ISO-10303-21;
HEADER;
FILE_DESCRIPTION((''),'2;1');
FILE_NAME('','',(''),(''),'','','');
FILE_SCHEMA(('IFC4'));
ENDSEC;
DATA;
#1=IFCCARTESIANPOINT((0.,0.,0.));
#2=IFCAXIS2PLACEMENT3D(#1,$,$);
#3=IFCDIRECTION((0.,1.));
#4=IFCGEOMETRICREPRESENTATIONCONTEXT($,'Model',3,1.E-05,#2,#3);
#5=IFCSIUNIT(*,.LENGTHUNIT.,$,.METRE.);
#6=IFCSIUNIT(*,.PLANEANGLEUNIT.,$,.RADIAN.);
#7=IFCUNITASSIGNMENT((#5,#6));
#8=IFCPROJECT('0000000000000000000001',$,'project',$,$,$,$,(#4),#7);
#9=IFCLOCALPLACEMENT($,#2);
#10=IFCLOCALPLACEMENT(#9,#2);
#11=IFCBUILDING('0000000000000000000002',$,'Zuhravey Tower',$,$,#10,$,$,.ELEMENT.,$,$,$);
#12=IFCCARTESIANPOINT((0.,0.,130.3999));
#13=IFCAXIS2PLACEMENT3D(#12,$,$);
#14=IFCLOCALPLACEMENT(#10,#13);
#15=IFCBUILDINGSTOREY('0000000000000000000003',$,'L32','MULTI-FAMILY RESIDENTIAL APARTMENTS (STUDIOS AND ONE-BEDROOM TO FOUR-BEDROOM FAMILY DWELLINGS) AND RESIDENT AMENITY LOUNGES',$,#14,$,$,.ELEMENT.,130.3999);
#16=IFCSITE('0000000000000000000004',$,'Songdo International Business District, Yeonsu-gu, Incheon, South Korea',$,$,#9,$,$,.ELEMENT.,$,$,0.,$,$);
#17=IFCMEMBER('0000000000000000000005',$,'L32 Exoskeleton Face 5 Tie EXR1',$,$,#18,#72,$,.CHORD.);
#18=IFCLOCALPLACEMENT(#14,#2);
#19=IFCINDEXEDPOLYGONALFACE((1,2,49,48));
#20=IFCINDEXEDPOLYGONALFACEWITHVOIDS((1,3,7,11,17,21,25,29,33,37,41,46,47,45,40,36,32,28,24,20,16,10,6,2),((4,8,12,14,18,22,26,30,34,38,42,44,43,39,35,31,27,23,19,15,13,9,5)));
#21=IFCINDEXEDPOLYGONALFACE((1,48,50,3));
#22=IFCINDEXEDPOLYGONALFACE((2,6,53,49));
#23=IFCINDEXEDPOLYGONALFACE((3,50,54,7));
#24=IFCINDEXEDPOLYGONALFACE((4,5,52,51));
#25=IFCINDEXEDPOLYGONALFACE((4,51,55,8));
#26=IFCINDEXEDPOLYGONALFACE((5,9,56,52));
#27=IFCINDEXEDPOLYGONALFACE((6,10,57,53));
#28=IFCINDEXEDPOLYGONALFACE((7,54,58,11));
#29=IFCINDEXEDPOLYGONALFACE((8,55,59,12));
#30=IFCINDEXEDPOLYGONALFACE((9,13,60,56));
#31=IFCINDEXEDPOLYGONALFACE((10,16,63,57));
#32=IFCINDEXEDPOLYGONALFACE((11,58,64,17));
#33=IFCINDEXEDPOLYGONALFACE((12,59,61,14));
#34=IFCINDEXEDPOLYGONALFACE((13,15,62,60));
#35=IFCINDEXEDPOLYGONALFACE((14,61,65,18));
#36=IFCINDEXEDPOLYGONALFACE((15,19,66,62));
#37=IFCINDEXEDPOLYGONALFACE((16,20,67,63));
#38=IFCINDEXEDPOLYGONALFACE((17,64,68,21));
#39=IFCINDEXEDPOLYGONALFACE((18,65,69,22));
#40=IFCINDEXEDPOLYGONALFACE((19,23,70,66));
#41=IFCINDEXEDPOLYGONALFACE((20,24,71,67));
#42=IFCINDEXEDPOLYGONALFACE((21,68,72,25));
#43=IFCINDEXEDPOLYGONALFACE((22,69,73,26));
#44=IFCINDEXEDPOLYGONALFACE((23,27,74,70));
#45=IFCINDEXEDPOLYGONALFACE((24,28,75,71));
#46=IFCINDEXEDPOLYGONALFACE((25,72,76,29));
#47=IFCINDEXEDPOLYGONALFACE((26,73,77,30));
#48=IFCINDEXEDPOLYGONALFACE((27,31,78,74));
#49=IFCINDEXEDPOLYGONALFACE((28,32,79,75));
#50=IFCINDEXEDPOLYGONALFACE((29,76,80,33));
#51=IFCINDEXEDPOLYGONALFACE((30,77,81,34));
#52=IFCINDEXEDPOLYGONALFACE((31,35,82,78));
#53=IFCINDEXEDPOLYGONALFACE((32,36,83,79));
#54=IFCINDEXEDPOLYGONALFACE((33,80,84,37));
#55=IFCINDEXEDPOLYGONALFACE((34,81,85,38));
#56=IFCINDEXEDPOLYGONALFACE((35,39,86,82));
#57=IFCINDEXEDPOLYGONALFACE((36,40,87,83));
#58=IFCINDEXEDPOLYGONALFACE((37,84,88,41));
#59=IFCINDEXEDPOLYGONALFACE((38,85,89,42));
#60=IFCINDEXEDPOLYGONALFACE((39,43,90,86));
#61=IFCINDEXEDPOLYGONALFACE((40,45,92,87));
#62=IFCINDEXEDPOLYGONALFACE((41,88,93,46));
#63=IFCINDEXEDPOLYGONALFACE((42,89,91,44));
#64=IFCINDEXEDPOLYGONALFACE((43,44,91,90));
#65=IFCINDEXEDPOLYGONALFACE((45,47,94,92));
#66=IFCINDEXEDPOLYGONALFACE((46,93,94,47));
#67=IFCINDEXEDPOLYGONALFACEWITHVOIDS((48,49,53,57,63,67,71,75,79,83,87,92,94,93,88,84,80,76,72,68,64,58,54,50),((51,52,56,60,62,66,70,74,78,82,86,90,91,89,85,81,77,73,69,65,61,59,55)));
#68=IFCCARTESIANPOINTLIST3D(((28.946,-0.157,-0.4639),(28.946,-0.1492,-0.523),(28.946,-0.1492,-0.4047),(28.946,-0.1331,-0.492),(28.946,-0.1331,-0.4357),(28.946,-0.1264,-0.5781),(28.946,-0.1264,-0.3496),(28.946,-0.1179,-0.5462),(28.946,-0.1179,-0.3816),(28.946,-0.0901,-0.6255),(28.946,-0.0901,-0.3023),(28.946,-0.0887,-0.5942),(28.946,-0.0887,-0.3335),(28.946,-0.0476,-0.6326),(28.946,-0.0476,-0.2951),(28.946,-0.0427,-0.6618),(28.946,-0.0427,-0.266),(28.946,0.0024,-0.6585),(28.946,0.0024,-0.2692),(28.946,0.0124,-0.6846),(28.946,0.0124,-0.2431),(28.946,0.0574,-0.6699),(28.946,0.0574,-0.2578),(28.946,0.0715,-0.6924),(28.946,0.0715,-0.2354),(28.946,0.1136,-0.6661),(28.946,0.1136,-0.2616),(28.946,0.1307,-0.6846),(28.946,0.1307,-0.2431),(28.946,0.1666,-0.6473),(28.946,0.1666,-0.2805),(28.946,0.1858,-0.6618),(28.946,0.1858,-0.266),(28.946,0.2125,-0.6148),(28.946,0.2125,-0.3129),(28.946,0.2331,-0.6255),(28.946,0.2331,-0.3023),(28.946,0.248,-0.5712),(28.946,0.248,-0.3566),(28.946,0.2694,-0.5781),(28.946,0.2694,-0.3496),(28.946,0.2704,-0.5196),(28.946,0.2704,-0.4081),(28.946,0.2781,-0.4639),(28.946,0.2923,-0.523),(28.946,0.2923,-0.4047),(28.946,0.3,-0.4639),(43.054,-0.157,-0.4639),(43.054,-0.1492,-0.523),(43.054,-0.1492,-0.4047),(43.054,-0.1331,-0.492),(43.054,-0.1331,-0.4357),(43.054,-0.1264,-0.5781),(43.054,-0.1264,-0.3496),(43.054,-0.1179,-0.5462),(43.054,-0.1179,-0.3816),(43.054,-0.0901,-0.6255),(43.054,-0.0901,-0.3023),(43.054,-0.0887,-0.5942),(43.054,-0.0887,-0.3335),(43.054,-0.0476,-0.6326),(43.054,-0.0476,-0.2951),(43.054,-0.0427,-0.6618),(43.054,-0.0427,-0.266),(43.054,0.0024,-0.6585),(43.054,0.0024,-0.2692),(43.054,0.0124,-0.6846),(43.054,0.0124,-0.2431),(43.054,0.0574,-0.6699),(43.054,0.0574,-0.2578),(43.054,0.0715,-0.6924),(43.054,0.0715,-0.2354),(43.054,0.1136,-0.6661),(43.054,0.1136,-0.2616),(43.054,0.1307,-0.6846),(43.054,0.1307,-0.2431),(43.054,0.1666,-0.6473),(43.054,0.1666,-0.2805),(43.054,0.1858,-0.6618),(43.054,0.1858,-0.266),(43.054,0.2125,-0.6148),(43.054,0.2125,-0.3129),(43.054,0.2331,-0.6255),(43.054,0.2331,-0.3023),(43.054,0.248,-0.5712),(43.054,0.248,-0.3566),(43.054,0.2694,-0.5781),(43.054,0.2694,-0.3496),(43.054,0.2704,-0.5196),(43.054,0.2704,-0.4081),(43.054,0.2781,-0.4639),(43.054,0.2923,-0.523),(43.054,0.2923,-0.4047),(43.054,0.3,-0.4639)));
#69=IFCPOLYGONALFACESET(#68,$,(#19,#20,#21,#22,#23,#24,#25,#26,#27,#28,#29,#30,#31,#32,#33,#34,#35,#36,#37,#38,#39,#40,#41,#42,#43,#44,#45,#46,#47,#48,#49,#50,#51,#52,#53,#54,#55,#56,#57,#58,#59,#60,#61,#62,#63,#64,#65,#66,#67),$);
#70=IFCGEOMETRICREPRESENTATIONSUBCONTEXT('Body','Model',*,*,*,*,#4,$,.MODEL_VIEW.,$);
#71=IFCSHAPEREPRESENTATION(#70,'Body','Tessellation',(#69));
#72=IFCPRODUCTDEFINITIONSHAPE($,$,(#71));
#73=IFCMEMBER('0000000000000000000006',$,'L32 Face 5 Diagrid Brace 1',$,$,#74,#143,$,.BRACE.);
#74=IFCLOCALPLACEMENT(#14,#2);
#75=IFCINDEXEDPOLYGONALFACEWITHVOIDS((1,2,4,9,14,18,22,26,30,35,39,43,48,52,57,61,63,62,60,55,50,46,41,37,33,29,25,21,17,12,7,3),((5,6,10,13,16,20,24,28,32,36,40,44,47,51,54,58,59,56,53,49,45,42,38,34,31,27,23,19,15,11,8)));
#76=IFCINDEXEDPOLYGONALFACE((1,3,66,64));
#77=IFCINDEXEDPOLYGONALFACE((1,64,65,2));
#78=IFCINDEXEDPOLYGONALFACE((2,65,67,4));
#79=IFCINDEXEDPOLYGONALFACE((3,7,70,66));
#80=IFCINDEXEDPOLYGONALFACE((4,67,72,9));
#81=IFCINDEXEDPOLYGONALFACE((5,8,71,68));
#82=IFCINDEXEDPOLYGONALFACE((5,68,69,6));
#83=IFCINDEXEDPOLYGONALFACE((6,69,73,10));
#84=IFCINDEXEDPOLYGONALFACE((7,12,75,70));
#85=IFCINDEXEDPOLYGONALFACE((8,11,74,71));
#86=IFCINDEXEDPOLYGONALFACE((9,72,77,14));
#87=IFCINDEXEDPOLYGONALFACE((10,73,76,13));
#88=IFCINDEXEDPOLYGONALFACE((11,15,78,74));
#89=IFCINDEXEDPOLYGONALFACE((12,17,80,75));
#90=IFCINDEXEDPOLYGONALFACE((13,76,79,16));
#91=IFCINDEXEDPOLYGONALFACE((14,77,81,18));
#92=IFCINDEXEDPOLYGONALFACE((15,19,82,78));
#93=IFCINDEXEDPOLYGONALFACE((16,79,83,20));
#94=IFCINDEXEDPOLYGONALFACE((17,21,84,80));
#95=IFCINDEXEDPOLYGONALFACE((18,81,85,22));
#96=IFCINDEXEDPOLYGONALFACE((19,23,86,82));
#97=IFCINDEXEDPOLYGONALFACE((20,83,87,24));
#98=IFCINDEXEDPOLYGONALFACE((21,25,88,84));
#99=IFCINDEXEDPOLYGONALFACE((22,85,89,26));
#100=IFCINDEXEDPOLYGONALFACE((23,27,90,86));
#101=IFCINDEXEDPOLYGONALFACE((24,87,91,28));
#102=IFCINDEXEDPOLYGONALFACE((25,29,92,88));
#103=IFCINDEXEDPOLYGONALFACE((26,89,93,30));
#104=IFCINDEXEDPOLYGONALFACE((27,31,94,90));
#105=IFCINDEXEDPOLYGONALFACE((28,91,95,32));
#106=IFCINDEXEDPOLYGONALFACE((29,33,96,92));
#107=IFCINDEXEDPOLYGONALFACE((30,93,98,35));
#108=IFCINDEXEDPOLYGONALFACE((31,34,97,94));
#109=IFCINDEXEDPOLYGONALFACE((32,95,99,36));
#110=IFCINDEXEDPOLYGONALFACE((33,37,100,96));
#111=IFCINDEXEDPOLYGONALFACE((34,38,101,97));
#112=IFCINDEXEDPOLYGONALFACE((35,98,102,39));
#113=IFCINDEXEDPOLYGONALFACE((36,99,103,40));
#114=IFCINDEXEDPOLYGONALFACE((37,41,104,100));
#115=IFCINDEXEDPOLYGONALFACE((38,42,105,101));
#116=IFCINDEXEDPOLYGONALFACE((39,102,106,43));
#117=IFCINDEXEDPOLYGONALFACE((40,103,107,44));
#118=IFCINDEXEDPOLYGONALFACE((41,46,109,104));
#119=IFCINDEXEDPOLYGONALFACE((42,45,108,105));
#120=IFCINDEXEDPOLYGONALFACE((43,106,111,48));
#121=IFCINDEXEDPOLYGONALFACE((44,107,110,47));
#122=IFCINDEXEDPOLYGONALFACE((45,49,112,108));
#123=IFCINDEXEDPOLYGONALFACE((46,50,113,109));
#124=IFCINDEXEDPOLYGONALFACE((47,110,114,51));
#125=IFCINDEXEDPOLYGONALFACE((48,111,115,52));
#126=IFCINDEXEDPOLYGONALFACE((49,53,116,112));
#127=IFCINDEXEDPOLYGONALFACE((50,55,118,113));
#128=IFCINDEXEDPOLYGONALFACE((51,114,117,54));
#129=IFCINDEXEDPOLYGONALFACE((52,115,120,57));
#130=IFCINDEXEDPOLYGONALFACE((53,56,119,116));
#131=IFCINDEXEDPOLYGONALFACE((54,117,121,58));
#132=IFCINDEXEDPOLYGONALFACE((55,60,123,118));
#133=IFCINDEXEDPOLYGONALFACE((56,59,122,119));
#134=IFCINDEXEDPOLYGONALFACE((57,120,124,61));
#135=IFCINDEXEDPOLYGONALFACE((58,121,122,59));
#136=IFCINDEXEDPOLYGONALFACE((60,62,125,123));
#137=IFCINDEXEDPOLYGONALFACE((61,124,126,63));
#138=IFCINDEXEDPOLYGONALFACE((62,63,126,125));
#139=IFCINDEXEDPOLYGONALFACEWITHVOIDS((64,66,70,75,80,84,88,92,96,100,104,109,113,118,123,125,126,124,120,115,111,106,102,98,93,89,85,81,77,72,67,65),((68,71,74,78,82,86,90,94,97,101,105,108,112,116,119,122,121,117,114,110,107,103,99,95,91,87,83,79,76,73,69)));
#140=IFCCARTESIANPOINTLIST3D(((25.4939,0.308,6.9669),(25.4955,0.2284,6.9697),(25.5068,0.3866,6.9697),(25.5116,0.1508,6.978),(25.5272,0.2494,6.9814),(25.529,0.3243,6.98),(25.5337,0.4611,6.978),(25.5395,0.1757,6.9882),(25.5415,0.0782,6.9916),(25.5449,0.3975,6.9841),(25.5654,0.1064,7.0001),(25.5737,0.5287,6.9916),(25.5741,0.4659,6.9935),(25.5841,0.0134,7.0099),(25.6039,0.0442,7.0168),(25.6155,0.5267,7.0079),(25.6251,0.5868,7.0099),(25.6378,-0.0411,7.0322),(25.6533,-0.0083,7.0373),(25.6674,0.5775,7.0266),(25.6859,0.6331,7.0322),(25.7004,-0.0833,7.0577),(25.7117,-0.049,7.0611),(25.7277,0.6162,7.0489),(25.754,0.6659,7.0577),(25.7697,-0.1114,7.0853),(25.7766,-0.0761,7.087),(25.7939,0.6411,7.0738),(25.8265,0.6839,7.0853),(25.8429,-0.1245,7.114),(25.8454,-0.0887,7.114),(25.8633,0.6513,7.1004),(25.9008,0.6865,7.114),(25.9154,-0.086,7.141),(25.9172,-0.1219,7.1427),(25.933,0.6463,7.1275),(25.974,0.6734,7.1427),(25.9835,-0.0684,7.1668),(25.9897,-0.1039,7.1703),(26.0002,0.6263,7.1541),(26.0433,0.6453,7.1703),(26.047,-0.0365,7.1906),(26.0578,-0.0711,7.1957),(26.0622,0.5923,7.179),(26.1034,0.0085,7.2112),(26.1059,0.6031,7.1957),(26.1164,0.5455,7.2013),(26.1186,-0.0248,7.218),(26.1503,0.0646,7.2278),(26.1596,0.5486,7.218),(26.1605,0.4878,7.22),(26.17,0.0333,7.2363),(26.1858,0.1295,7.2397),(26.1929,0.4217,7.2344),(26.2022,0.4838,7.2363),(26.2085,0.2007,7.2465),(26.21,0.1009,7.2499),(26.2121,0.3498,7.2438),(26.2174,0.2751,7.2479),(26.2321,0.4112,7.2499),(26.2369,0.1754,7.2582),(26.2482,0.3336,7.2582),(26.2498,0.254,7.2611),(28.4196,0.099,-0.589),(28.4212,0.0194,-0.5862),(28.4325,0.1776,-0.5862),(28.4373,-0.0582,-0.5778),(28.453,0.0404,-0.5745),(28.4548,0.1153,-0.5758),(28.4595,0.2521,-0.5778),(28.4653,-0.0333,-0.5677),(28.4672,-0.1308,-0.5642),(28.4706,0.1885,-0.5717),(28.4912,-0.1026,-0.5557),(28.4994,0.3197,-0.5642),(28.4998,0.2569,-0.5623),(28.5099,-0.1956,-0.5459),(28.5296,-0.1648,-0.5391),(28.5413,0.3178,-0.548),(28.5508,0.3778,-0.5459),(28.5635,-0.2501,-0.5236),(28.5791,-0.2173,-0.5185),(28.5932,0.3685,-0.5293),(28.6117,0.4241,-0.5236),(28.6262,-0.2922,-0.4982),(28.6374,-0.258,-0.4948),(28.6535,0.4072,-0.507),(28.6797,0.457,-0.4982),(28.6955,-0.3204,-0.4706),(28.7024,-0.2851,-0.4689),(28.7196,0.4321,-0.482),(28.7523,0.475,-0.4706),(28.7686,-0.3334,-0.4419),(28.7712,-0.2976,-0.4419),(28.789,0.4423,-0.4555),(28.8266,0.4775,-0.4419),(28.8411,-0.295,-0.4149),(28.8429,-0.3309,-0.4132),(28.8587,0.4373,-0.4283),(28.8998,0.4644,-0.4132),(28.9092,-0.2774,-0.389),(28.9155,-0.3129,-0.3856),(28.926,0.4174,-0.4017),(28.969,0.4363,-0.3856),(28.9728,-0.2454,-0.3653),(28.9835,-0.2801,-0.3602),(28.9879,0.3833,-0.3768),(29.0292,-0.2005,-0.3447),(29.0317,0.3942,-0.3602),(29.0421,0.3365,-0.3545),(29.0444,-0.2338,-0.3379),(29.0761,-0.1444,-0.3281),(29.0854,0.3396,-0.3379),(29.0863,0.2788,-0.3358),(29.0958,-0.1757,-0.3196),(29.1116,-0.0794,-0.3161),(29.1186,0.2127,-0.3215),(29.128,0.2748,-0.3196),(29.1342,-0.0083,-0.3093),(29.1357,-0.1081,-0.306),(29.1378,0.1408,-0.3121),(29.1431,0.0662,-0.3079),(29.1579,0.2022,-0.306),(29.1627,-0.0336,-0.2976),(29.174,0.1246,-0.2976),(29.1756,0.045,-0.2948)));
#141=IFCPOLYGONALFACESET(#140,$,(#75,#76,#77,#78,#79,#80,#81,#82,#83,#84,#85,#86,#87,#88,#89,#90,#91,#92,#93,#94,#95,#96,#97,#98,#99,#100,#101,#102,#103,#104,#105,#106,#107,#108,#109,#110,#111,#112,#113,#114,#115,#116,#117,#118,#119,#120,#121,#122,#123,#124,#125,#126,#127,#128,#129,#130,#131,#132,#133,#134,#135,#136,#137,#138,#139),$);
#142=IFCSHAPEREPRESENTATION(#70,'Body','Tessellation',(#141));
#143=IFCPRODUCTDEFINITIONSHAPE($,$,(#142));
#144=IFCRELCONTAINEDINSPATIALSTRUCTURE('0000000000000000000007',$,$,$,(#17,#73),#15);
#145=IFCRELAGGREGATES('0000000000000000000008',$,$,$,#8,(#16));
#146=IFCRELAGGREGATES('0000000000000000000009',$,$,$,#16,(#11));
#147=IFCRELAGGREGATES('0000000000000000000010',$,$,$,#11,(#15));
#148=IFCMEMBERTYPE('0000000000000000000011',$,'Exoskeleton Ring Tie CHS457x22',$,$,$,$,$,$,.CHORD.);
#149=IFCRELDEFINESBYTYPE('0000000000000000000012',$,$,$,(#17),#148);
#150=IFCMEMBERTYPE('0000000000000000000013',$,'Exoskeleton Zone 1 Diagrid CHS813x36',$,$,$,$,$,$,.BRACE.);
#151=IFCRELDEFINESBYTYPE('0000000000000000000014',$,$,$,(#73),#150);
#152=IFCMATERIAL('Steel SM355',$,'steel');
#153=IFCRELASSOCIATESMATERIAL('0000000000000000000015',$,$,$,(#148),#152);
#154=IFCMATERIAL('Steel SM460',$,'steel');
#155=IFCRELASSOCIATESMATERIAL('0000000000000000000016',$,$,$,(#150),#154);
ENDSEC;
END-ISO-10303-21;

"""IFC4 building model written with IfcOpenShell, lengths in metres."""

from ifc_helpers import new_model, si_unit, direction, frame, origin, origin_2d, place, context, subcontext, project, spatial, hollow_circle, extrude, material, material_profile, profile_set, type_object, element, save


model = new_model("IFC4")

# Units and contexts
model_context = context("Model", 3, precision=1e-05, world=origin(), true_north=direction((0.0, 1.0)))
body_context = subcontext(model_context, "Body", "Model", "MODEL_VIEW")
ifc_project = project(units=[si_unit("LENGTHUNIT", "METRE"), si_unit("PLANEANGLEUNIT", "RADIAN")], contexts=[model_context])

# Site, building, storey
site_placement = place(None, origin())
site = spatial("IfcSite", under=ifc_project, at=site_placement, Name="Songdo International Business District, Yeonsu-gu, Incheon, South Korea", CompositionType="ELEMENT", RefElevation=0.0)
building_placement = place(site_placement, origin())
building = spatial("IfcBuilding", under=site, at=building_placement, Name="Zuhravey Tower", CompositionType="ELEMENT")
storey_placement = place(building_placement, frame((0.0, 0.0, 130.3999)))
storey = spatial("IfcBuildingStorey", under=building, at=storey_placement, Name="L32", Description="MULTI-FAMILY RESIDENTIAL APARTMENTS (STUDIOS AND ONE-BEDROOM TO FOUR-BEDROOM FAMILY DWELLINGS) AND RESIDENT AMENITY LOUNGES", CompositionType="ELEMENT", Elevation=130.3999)

# Members
ifc_material_1 = material(Name="Steel SM355", Category="steel")
ifc_material_profile_1 = material_profile(ifc_material_1, hollow_circle(Radius=0.2285, WallThickness=0.022, at=origin_2d()), Name="CHS-457.2x22")
ifc_profile_set_1 = profile_set([ifc_material_profile_1], Name="Steel SM355")
member_type_1 = type_object("IfcMemberType", Name="Exoskeleton Ring Tie CHS457x22", PredefinedType="CHORD", material=ifc_profile_set_1)
member_1_placement = place(storey_placement, frame((28.946, 0.0715, -0.4639), z_axis=(1.0, 0.0, 0.0), x_axis=(0.0, 1.0, 0.0)))
element("IfcMember", 1, at=member_1_placement, inside=storey, type_object=member_type_1, Name="L32 Exoskeleton Face 5 Tie EXR1", PredefinedType="CHORD", context=body_context, shape_type="SweptSolid", body=[
    extrude(hollow_circle(Radius=0.2285, WallThickness=0.022, at=origin_2d()), origin(), (0.0, 0.0, 1.0), 14.1079),
])
ifc_material_2 = material(Name="Steel SM460", Category="steel")
ifc_material_profile_2 = material_profile(ifc_material_2, hollow_circle(Radius=0.4065, WallThickness=0.0359, at=origin_2d()), Name="CHS-812.8x36")
ifc_profile_set_2 = profile_set([ifc_material_profile_2], Name="Steel SM460")
member_type_2 = type_object("IfcMemberType", Name="Exoskeleton Zone 1 Diagrid CHS813x36", PredefinedType="BRACE", material=ifc_profile_set_2)
member_2_placement = place(storey_placement, frame((28.7976, 0.072, -0.4419), z_axis=(-0.360972, 0.025784, 0.93222), x_axis=(-0.071247, -0.997459, 0.0)))
element("IfcMember", 2, at=member_2_placement, inside=storey, type_object=member_type_2, Name="L32 Face 5 Diagrid Brace 1", PredefinedType="BRACE", context=body_context, shape_type="SweptSolid", body=[
    extrude(hollow_circle(Radius=0.4065, WallThickness=0.0359, at=origin_2d()), origin(), (0.0, 0.0, 1.0), 8.1052),
])

save(model, "model.ifc")
